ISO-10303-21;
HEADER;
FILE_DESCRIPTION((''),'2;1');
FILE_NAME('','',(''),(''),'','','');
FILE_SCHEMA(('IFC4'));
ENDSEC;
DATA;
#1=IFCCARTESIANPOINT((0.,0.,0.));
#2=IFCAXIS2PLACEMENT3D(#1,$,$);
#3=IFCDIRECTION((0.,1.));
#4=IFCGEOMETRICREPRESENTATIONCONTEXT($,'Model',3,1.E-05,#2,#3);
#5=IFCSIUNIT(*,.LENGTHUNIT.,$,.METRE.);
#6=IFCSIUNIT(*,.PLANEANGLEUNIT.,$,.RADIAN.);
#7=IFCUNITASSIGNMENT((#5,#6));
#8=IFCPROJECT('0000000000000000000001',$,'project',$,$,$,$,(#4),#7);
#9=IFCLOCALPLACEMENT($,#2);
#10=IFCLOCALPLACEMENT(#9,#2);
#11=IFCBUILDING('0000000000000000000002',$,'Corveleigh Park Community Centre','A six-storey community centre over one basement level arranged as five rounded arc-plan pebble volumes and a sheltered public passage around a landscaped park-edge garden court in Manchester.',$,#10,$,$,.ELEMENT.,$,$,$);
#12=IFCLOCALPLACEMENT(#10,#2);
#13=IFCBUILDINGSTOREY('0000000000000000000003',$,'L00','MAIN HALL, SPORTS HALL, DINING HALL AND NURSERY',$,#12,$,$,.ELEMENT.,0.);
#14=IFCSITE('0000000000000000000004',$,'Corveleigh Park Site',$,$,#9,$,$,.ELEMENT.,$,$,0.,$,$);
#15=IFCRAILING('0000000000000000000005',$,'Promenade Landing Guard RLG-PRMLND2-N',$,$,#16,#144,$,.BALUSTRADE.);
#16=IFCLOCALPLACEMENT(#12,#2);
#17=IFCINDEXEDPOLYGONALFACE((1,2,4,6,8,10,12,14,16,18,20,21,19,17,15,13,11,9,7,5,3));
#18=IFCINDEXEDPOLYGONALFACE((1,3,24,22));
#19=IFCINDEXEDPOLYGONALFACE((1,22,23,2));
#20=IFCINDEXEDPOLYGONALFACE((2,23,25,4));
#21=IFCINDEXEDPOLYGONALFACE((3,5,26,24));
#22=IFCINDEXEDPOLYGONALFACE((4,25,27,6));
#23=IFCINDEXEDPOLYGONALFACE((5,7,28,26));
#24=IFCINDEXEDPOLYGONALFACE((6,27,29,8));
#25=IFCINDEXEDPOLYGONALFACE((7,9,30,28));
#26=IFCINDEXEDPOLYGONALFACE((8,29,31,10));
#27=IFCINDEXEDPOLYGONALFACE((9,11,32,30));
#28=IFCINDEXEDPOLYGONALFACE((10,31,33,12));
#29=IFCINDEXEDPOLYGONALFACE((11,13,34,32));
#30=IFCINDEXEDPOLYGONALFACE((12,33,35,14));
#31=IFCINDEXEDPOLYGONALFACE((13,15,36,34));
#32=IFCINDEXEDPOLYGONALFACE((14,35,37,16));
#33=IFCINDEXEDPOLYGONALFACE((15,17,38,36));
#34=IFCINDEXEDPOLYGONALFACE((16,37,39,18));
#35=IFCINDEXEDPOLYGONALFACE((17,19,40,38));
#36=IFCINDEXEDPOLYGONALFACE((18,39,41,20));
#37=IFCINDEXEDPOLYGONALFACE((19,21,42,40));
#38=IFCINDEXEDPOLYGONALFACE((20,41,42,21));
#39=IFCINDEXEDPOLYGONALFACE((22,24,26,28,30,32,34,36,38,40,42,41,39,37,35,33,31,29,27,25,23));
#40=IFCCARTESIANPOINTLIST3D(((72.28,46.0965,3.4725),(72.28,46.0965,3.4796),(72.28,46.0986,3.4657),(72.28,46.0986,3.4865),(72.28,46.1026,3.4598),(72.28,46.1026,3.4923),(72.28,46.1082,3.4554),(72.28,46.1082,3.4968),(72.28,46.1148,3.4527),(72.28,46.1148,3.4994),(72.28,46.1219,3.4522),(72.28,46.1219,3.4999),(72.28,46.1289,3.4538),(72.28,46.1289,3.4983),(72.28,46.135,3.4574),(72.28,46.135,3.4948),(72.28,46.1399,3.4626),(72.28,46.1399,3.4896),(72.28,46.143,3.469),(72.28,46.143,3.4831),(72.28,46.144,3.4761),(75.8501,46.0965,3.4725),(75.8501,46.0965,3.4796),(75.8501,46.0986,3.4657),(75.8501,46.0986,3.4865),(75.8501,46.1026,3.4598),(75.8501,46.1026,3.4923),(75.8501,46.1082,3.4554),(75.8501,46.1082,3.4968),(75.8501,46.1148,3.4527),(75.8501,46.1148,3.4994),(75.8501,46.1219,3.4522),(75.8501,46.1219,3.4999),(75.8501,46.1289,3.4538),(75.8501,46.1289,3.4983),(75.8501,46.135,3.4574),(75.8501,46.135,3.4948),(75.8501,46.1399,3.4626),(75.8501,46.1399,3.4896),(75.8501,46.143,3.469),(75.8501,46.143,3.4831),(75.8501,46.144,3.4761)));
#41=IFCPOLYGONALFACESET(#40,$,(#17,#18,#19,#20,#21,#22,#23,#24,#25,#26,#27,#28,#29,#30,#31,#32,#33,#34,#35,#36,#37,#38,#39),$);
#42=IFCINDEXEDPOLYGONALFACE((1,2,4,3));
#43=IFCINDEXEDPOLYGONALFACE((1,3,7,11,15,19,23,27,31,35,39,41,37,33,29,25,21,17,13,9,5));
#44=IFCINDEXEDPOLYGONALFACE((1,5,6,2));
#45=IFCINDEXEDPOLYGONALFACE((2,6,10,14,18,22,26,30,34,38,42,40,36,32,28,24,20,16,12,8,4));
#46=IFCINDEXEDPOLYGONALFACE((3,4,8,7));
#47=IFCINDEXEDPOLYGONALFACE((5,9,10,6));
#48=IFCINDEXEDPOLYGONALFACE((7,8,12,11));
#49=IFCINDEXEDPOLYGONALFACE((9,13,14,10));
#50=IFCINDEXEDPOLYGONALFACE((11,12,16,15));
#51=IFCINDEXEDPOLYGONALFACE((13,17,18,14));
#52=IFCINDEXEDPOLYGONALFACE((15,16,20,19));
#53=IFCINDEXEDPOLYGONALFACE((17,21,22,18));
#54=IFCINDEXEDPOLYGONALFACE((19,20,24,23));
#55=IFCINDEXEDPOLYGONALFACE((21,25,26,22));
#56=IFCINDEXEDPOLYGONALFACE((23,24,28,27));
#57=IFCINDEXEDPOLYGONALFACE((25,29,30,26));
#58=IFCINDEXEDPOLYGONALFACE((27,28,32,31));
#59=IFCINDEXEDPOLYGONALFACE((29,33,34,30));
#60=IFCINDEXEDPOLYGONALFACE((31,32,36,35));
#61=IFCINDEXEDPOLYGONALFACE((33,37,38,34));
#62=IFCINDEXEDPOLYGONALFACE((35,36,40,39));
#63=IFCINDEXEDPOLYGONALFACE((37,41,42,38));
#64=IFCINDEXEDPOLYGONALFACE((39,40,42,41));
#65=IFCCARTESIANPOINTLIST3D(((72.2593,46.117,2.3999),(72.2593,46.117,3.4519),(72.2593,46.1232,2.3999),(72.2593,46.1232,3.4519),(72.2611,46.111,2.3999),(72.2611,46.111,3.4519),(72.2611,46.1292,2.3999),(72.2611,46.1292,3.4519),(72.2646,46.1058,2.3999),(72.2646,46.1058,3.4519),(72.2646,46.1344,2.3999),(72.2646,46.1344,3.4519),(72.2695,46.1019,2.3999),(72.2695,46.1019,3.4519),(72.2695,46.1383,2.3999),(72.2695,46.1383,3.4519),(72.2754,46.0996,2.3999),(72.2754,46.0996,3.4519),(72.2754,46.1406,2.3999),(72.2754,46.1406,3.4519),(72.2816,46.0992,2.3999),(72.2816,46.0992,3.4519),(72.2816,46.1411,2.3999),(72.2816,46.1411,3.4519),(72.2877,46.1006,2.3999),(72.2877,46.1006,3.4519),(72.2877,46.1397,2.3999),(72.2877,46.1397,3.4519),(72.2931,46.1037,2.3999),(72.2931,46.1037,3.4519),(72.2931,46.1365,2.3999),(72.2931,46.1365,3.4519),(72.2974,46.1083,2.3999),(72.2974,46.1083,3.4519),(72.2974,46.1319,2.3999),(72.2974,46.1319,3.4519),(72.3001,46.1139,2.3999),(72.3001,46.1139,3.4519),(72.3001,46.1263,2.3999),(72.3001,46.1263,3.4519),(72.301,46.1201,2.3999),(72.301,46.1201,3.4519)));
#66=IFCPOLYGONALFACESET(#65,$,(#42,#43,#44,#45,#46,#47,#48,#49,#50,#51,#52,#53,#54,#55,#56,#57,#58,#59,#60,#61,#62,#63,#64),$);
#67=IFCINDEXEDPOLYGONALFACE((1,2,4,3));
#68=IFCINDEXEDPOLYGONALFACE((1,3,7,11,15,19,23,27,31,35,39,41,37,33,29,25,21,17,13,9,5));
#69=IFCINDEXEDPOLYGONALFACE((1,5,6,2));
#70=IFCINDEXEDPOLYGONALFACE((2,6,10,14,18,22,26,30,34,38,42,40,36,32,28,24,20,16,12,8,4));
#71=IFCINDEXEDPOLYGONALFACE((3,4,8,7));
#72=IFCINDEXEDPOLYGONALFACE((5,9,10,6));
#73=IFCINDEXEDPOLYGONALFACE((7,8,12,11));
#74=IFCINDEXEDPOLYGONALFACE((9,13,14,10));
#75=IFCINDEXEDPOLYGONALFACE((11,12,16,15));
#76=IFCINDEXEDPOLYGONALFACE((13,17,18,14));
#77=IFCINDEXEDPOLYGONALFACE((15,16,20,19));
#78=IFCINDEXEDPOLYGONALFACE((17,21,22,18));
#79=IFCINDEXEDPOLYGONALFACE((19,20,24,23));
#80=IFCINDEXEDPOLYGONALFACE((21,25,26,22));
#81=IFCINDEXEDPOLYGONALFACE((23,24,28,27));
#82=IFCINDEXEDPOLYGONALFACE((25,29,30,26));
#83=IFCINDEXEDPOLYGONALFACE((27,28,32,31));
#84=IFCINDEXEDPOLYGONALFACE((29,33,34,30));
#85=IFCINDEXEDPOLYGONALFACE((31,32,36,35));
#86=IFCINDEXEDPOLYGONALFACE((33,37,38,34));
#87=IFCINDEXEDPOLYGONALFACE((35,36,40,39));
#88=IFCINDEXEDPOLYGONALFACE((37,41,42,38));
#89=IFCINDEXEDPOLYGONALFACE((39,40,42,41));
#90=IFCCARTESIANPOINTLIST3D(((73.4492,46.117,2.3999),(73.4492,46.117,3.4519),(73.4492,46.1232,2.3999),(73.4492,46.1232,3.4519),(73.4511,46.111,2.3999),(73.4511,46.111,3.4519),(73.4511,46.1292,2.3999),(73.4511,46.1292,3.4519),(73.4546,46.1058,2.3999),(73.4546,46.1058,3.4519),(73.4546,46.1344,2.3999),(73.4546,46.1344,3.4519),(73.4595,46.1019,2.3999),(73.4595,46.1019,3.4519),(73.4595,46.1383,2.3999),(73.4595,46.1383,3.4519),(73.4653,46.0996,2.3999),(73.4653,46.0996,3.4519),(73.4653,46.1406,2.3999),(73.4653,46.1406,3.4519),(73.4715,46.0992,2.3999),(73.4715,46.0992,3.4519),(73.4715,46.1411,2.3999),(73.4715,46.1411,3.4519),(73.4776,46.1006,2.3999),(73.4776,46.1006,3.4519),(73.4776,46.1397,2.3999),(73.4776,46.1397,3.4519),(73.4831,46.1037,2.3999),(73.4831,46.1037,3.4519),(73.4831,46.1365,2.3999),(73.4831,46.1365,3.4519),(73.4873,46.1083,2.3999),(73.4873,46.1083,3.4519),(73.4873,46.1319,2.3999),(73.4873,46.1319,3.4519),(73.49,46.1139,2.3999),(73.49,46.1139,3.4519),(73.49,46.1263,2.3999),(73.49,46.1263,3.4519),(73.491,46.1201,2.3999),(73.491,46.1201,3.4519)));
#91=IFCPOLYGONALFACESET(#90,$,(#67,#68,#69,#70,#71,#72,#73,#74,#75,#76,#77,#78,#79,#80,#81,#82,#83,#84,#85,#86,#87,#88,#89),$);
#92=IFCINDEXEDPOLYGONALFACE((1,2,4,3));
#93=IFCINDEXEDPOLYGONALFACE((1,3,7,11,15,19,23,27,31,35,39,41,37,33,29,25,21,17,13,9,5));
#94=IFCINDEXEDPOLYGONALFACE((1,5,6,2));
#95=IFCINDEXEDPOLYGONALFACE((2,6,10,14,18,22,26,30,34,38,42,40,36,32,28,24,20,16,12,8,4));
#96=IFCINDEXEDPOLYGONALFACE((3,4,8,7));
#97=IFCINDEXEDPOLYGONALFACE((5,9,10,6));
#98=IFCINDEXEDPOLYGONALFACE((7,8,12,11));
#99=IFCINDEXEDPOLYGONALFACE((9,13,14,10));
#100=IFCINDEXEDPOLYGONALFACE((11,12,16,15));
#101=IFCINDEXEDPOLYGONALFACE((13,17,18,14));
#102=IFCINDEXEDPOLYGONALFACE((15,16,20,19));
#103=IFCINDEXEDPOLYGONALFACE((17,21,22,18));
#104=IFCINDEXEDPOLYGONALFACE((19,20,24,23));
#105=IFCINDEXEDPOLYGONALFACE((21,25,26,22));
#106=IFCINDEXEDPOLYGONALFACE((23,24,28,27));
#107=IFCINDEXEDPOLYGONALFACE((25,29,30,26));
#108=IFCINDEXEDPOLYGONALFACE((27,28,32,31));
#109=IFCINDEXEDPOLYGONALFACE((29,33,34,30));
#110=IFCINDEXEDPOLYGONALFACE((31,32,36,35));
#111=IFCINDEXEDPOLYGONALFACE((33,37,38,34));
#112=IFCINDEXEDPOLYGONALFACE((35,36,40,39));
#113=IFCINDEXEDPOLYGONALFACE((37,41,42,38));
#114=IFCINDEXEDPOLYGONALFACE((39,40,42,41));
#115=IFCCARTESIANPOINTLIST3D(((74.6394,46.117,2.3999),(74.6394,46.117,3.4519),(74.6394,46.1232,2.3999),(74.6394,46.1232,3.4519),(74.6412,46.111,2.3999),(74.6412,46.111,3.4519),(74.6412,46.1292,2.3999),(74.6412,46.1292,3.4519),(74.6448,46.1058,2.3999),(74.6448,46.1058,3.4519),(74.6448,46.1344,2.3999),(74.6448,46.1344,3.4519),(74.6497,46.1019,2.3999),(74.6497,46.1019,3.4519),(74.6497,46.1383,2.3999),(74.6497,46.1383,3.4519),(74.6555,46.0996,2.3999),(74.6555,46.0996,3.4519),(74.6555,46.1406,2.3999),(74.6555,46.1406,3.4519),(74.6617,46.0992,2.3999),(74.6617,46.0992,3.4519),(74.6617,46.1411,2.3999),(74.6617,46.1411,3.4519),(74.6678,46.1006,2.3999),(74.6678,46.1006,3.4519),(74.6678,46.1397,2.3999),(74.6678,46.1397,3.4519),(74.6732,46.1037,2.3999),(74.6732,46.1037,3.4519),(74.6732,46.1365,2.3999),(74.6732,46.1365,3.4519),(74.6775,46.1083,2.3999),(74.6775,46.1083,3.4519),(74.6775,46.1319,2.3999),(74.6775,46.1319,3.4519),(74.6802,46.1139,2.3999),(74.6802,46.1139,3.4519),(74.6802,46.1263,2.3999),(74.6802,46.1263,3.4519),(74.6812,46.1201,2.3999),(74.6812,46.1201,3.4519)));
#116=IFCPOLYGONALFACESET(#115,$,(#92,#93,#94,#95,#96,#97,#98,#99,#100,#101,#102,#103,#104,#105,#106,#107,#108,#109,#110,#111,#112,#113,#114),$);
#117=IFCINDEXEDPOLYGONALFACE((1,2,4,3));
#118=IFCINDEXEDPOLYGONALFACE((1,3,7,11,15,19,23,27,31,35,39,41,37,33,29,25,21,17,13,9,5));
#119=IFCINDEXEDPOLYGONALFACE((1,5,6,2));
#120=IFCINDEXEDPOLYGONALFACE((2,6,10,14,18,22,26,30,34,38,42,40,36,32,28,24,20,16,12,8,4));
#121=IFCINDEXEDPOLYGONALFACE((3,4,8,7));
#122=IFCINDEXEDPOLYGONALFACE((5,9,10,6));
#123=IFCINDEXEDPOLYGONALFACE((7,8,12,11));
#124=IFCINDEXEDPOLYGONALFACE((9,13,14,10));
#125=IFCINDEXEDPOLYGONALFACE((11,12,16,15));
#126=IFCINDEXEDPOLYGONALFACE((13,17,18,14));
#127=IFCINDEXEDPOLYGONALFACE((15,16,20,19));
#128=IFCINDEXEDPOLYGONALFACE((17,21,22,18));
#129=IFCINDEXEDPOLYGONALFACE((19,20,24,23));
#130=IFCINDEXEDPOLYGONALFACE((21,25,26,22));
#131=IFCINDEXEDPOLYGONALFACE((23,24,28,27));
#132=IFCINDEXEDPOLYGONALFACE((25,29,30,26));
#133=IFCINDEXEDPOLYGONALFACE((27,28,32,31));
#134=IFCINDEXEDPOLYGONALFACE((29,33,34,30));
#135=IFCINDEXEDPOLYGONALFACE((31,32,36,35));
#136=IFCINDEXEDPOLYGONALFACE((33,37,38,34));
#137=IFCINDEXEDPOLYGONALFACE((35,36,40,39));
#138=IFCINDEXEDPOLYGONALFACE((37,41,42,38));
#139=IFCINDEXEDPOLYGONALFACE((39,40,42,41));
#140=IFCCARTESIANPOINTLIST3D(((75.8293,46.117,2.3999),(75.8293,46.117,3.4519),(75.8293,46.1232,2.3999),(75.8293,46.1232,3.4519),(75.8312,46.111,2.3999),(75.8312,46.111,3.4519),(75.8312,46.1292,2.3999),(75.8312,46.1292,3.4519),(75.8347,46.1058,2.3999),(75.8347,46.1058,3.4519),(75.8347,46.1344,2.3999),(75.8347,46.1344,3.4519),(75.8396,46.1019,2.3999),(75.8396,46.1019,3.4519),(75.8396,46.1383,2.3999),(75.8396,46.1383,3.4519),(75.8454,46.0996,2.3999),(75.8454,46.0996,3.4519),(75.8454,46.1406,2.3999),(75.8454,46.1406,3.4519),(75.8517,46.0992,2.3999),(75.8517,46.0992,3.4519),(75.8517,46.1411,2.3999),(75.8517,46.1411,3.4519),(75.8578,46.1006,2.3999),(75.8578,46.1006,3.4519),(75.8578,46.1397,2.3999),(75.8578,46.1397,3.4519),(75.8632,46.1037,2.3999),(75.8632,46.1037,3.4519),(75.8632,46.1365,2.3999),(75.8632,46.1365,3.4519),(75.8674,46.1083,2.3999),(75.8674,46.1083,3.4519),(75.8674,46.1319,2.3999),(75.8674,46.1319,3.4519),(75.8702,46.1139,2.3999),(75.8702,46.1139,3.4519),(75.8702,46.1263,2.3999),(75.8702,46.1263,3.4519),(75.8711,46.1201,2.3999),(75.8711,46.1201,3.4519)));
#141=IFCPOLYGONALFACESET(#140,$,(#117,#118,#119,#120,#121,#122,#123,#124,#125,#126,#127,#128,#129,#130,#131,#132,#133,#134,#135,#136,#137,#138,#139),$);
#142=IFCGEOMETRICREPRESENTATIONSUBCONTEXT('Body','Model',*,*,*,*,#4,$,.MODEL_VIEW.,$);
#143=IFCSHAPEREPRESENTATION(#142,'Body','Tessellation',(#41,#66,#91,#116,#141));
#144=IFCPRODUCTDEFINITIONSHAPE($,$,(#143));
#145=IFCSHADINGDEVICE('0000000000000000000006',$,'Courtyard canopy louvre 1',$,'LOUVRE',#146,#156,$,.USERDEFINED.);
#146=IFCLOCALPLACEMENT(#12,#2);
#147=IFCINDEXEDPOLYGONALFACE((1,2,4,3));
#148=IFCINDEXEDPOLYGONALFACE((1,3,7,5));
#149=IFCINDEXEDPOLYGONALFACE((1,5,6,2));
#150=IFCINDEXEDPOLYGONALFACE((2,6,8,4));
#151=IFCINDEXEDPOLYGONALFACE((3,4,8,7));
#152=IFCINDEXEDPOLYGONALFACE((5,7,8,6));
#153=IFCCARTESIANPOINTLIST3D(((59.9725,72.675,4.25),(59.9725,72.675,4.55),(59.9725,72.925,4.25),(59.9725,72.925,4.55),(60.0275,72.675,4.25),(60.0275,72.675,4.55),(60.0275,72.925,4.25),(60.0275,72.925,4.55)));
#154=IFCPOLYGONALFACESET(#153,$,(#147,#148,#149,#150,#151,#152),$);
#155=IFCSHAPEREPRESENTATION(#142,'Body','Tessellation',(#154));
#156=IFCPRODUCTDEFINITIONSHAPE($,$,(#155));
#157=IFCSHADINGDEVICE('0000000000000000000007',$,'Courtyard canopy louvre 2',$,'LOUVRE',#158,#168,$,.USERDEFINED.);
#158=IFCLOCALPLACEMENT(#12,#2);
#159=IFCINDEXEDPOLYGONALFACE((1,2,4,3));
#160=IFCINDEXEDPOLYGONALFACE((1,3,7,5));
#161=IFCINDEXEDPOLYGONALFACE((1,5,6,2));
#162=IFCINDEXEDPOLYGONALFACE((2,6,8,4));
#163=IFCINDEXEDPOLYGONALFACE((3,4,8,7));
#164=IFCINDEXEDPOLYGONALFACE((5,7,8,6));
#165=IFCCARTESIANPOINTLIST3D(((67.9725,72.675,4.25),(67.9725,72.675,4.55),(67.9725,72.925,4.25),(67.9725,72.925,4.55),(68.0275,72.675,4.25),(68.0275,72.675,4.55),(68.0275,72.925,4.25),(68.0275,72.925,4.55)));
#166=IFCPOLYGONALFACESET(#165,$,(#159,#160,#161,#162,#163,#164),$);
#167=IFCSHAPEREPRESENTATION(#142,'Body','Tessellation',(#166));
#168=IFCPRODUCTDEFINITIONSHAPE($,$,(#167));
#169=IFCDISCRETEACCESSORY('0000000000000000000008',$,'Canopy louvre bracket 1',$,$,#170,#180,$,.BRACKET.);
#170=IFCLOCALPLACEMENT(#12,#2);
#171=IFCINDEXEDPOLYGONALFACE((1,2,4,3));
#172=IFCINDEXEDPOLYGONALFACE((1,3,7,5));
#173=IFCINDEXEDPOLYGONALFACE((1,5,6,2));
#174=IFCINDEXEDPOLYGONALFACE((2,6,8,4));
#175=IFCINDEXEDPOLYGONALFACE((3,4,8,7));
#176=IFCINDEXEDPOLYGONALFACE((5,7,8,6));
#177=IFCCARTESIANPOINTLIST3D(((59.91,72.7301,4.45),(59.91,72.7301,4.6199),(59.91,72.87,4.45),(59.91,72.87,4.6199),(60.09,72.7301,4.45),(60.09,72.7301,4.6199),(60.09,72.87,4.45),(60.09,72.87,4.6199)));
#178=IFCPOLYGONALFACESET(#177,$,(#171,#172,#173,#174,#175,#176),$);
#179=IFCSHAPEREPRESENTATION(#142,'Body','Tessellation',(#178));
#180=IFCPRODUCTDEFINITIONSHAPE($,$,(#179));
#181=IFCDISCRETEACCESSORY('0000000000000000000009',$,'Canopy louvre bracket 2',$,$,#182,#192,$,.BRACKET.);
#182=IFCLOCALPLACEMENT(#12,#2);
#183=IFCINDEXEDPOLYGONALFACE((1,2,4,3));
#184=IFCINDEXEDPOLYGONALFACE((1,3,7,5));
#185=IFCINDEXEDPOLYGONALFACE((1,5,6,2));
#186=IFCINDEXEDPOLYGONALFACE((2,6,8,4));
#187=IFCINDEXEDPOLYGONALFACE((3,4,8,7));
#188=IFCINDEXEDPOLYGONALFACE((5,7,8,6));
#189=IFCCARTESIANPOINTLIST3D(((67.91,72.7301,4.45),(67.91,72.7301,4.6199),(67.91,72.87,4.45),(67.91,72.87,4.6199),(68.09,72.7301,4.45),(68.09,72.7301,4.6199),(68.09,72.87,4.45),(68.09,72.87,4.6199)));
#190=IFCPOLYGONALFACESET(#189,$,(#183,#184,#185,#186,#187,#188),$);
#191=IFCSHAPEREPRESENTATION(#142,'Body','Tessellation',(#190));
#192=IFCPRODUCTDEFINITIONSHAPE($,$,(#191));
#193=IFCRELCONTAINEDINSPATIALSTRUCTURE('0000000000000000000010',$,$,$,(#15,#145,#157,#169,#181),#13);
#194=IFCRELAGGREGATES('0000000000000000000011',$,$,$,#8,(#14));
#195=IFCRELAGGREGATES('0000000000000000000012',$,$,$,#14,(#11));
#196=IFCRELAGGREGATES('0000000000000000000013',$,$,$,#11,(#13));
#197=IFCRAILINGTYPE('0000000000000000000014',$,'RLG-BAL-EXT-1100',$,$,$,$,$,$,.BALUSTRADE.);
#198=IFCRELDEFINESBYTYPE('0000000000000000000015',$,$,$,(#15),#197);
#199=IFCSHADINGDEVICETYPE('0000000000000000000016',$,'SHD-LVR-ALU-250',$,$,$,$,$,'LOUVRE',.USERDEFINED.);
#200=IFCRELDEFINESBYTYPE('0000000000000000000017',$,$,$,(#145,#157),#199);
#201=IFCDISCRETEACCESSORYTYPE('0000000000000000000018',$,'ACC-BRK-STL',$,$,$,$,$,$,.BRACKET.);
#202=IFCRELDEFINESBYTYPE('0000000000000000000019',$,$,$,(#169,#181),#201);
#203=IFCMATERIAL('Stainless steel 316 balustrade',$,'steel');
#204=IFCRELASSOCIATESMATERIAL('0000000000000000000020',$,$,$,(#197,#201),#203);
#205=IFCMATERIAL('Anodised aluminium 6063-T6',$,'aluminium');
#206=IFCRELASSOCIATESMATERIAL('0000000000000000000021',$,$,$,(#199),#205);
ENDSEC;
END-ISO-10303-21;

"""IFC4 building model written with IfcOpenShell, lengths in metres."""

from ifc_helpers import new_model, si_unit, direction, frame, origin, origin_2d, place, context, subcontext, project, spatial, rectangle, circle, extrude, material, type_object, element, save


model = new_model("IFC4")

# Units and contexts
model_context = context("Model", 3, precision=1e-05, world=origin(), true_north=direction((0.0, 1.0)))
body_context = subcontext(model_context, "Body", "Model", "MODEL_VIEW")
ifc_project = project(units=[si_unit("LENGTHUNIT", "METRE"), si_unit("PLANEANGLEUNIT", "RADIAN")], contexts=[model_context])

# Site, building, storey
site_placement = place(None, origin())
site = spatial("IfcSite", under=ifc_project, at=site_placement, Name="Corveleigh Park Site", CompositionType="ELEMENT", RefElevation=0.0)
building_placement = place(site_placement, origin())
building = spatial("IfcBuilding", under=site, at=building_placement, Name="Corveleigh Park Community Centre", Description="A six-storey community centre over one basement level arranged as five rounded arc-plan pebble volumes and a sheltered public passage around a landscaped park-edge garden court in Manchester.", CompositionType="ELEMENT")
storey_placement = place(building_placement, origin())
storey = spatial("IfcBuildingStorey", under=building, at=storey_placement, Name="L00", Description="MAIN HALL, SPORTS HALL, DINING HALL AND NURSERY", CompositionType="ELEMENT", Elevation=0.0)

# Railing
ifc_material_1 = material(Name="Stainless steel 316 balustrade", Category="steel")
railing_type = type_object("IfcRailingType", Name="RLG-BAL-EXT-1100", PredefinedType="BALUSTRADE", material=ifc_material_1)
for number, where, name in (
    (1, (72.28, 46.1201, 2.3999), "Promenade Landing Guard RLG-PRMLND2-N"),
):
    element("IfcRailing", number, at=place(storey_placement, frame(where)), inside=storey, type_object=railing_type, Name=name, PredefinedType="BALUSTRADE", context=body_context, shape_type="SweptSolid", body=[
        extrude(circle(Radius=0.0239, at=origin_2d()), frame((0.0, 0.0, 1.0762), z_axis=(1.0, 0.0, 0.0), x_axis=(0.0, 1.0, 0.0)), (0.0, 0.0, 1.0), 3.5701),
        extrude(circle(Radius=0.021, at=origin_2d()), origin(), (0.0, 0.0, 1.0), 1.052),
        extrude(circle(Radius=0.021, at=origin_2d()), frame((1.1899, 0.0, 0.0)), (0.0, 0.0, 1.0), 1.052),
        extrude(circle(Radius=0.021, at=origin_2d()), frame((2.3801, 0.0, 0.0)), (0.0, 0.0, 1.0), 1.052),
        extrude(circle(Radius=0.021, at=origin_2d()), frame((3.5701, 0.0, 0.0)), (0.0, 0.0, 1.0), 1.052),
    ])

# Shading devices
ifc_material_2 = material(Name="Anodised aluminium 6063-T6", Category="aluminium")
shading_device_type = type_object("IfcShadingDeviceType", Name="SHD-LVR-ALU-250", ElementType="LOUVRE", PredefinedType="USERDEFINED", material=ifc_material_2)
for number, where, z_axis, x_axis, name in (
    (2, (60.0, 72.8, 4.25), (0.0, 0.0, 1.0), (1.0, 0.0, 0.0), "Courtyard canopy louvre 1"),
    (3, (68.0, 72.8, 4.25), (0.0, 0.0, 1.0), (1.0, 0.0, 0.0), "Courtyard canopy louvre 2"),
):
    element("IfcShadingDevice", number, at=place(storey_placement, frame(where, z_axis=z_axis, x_axis=x_axis)), inside=storey, type_object=shading_device_type, Name=name, ObjectType="LOUVRE", PredefinedType="USERDEFINED", context=body_context, shape_type="SweptSolid", body=[
        extrude(rectangle(XDim=0.0549, YDim=0.25, at=origin_2d()), origin(), (0.0, 0.0, 1.0), 0.3),
    ])

# Discrete accessories
discrete_accessory_type = type_object("IfcDiscreteAccessoryType", Name="ACC-BRK-STL", PredefinedType="BRACKET", material=ifc_material_1)
for number, where, z_axis, x_axis, name in (
    (4, (60.0, 72.8, 4.45), (0.0, 0.0, 1.0), (1.0, 0.0, 0.0), "Canopy louvre bracket 1"),
    (5, (68.0, 72.8, 4.45), (0.0, 0.0, 1.0), (1.0, 0.0, 0.0), "Canopy louvre bracket 2"),
):
    element("IfcDiscreteAccessory", number, at=place(storey_placement, frame(where, z_axis=z_axis, x_axis=x_axis)), inside=storey, type_object=discrete_accessory_type, Name=name, PredefinedType="BRACKET", context=body_context, shape_type="SweptSolid", body=[
        extrude(rectangle(XDim=0.1799, YDim=0.1399, at=origin_2d()), origin(), (0.0, 0.0, 1.0), 0.1699),
    ])

save(model, "model.ifc")
